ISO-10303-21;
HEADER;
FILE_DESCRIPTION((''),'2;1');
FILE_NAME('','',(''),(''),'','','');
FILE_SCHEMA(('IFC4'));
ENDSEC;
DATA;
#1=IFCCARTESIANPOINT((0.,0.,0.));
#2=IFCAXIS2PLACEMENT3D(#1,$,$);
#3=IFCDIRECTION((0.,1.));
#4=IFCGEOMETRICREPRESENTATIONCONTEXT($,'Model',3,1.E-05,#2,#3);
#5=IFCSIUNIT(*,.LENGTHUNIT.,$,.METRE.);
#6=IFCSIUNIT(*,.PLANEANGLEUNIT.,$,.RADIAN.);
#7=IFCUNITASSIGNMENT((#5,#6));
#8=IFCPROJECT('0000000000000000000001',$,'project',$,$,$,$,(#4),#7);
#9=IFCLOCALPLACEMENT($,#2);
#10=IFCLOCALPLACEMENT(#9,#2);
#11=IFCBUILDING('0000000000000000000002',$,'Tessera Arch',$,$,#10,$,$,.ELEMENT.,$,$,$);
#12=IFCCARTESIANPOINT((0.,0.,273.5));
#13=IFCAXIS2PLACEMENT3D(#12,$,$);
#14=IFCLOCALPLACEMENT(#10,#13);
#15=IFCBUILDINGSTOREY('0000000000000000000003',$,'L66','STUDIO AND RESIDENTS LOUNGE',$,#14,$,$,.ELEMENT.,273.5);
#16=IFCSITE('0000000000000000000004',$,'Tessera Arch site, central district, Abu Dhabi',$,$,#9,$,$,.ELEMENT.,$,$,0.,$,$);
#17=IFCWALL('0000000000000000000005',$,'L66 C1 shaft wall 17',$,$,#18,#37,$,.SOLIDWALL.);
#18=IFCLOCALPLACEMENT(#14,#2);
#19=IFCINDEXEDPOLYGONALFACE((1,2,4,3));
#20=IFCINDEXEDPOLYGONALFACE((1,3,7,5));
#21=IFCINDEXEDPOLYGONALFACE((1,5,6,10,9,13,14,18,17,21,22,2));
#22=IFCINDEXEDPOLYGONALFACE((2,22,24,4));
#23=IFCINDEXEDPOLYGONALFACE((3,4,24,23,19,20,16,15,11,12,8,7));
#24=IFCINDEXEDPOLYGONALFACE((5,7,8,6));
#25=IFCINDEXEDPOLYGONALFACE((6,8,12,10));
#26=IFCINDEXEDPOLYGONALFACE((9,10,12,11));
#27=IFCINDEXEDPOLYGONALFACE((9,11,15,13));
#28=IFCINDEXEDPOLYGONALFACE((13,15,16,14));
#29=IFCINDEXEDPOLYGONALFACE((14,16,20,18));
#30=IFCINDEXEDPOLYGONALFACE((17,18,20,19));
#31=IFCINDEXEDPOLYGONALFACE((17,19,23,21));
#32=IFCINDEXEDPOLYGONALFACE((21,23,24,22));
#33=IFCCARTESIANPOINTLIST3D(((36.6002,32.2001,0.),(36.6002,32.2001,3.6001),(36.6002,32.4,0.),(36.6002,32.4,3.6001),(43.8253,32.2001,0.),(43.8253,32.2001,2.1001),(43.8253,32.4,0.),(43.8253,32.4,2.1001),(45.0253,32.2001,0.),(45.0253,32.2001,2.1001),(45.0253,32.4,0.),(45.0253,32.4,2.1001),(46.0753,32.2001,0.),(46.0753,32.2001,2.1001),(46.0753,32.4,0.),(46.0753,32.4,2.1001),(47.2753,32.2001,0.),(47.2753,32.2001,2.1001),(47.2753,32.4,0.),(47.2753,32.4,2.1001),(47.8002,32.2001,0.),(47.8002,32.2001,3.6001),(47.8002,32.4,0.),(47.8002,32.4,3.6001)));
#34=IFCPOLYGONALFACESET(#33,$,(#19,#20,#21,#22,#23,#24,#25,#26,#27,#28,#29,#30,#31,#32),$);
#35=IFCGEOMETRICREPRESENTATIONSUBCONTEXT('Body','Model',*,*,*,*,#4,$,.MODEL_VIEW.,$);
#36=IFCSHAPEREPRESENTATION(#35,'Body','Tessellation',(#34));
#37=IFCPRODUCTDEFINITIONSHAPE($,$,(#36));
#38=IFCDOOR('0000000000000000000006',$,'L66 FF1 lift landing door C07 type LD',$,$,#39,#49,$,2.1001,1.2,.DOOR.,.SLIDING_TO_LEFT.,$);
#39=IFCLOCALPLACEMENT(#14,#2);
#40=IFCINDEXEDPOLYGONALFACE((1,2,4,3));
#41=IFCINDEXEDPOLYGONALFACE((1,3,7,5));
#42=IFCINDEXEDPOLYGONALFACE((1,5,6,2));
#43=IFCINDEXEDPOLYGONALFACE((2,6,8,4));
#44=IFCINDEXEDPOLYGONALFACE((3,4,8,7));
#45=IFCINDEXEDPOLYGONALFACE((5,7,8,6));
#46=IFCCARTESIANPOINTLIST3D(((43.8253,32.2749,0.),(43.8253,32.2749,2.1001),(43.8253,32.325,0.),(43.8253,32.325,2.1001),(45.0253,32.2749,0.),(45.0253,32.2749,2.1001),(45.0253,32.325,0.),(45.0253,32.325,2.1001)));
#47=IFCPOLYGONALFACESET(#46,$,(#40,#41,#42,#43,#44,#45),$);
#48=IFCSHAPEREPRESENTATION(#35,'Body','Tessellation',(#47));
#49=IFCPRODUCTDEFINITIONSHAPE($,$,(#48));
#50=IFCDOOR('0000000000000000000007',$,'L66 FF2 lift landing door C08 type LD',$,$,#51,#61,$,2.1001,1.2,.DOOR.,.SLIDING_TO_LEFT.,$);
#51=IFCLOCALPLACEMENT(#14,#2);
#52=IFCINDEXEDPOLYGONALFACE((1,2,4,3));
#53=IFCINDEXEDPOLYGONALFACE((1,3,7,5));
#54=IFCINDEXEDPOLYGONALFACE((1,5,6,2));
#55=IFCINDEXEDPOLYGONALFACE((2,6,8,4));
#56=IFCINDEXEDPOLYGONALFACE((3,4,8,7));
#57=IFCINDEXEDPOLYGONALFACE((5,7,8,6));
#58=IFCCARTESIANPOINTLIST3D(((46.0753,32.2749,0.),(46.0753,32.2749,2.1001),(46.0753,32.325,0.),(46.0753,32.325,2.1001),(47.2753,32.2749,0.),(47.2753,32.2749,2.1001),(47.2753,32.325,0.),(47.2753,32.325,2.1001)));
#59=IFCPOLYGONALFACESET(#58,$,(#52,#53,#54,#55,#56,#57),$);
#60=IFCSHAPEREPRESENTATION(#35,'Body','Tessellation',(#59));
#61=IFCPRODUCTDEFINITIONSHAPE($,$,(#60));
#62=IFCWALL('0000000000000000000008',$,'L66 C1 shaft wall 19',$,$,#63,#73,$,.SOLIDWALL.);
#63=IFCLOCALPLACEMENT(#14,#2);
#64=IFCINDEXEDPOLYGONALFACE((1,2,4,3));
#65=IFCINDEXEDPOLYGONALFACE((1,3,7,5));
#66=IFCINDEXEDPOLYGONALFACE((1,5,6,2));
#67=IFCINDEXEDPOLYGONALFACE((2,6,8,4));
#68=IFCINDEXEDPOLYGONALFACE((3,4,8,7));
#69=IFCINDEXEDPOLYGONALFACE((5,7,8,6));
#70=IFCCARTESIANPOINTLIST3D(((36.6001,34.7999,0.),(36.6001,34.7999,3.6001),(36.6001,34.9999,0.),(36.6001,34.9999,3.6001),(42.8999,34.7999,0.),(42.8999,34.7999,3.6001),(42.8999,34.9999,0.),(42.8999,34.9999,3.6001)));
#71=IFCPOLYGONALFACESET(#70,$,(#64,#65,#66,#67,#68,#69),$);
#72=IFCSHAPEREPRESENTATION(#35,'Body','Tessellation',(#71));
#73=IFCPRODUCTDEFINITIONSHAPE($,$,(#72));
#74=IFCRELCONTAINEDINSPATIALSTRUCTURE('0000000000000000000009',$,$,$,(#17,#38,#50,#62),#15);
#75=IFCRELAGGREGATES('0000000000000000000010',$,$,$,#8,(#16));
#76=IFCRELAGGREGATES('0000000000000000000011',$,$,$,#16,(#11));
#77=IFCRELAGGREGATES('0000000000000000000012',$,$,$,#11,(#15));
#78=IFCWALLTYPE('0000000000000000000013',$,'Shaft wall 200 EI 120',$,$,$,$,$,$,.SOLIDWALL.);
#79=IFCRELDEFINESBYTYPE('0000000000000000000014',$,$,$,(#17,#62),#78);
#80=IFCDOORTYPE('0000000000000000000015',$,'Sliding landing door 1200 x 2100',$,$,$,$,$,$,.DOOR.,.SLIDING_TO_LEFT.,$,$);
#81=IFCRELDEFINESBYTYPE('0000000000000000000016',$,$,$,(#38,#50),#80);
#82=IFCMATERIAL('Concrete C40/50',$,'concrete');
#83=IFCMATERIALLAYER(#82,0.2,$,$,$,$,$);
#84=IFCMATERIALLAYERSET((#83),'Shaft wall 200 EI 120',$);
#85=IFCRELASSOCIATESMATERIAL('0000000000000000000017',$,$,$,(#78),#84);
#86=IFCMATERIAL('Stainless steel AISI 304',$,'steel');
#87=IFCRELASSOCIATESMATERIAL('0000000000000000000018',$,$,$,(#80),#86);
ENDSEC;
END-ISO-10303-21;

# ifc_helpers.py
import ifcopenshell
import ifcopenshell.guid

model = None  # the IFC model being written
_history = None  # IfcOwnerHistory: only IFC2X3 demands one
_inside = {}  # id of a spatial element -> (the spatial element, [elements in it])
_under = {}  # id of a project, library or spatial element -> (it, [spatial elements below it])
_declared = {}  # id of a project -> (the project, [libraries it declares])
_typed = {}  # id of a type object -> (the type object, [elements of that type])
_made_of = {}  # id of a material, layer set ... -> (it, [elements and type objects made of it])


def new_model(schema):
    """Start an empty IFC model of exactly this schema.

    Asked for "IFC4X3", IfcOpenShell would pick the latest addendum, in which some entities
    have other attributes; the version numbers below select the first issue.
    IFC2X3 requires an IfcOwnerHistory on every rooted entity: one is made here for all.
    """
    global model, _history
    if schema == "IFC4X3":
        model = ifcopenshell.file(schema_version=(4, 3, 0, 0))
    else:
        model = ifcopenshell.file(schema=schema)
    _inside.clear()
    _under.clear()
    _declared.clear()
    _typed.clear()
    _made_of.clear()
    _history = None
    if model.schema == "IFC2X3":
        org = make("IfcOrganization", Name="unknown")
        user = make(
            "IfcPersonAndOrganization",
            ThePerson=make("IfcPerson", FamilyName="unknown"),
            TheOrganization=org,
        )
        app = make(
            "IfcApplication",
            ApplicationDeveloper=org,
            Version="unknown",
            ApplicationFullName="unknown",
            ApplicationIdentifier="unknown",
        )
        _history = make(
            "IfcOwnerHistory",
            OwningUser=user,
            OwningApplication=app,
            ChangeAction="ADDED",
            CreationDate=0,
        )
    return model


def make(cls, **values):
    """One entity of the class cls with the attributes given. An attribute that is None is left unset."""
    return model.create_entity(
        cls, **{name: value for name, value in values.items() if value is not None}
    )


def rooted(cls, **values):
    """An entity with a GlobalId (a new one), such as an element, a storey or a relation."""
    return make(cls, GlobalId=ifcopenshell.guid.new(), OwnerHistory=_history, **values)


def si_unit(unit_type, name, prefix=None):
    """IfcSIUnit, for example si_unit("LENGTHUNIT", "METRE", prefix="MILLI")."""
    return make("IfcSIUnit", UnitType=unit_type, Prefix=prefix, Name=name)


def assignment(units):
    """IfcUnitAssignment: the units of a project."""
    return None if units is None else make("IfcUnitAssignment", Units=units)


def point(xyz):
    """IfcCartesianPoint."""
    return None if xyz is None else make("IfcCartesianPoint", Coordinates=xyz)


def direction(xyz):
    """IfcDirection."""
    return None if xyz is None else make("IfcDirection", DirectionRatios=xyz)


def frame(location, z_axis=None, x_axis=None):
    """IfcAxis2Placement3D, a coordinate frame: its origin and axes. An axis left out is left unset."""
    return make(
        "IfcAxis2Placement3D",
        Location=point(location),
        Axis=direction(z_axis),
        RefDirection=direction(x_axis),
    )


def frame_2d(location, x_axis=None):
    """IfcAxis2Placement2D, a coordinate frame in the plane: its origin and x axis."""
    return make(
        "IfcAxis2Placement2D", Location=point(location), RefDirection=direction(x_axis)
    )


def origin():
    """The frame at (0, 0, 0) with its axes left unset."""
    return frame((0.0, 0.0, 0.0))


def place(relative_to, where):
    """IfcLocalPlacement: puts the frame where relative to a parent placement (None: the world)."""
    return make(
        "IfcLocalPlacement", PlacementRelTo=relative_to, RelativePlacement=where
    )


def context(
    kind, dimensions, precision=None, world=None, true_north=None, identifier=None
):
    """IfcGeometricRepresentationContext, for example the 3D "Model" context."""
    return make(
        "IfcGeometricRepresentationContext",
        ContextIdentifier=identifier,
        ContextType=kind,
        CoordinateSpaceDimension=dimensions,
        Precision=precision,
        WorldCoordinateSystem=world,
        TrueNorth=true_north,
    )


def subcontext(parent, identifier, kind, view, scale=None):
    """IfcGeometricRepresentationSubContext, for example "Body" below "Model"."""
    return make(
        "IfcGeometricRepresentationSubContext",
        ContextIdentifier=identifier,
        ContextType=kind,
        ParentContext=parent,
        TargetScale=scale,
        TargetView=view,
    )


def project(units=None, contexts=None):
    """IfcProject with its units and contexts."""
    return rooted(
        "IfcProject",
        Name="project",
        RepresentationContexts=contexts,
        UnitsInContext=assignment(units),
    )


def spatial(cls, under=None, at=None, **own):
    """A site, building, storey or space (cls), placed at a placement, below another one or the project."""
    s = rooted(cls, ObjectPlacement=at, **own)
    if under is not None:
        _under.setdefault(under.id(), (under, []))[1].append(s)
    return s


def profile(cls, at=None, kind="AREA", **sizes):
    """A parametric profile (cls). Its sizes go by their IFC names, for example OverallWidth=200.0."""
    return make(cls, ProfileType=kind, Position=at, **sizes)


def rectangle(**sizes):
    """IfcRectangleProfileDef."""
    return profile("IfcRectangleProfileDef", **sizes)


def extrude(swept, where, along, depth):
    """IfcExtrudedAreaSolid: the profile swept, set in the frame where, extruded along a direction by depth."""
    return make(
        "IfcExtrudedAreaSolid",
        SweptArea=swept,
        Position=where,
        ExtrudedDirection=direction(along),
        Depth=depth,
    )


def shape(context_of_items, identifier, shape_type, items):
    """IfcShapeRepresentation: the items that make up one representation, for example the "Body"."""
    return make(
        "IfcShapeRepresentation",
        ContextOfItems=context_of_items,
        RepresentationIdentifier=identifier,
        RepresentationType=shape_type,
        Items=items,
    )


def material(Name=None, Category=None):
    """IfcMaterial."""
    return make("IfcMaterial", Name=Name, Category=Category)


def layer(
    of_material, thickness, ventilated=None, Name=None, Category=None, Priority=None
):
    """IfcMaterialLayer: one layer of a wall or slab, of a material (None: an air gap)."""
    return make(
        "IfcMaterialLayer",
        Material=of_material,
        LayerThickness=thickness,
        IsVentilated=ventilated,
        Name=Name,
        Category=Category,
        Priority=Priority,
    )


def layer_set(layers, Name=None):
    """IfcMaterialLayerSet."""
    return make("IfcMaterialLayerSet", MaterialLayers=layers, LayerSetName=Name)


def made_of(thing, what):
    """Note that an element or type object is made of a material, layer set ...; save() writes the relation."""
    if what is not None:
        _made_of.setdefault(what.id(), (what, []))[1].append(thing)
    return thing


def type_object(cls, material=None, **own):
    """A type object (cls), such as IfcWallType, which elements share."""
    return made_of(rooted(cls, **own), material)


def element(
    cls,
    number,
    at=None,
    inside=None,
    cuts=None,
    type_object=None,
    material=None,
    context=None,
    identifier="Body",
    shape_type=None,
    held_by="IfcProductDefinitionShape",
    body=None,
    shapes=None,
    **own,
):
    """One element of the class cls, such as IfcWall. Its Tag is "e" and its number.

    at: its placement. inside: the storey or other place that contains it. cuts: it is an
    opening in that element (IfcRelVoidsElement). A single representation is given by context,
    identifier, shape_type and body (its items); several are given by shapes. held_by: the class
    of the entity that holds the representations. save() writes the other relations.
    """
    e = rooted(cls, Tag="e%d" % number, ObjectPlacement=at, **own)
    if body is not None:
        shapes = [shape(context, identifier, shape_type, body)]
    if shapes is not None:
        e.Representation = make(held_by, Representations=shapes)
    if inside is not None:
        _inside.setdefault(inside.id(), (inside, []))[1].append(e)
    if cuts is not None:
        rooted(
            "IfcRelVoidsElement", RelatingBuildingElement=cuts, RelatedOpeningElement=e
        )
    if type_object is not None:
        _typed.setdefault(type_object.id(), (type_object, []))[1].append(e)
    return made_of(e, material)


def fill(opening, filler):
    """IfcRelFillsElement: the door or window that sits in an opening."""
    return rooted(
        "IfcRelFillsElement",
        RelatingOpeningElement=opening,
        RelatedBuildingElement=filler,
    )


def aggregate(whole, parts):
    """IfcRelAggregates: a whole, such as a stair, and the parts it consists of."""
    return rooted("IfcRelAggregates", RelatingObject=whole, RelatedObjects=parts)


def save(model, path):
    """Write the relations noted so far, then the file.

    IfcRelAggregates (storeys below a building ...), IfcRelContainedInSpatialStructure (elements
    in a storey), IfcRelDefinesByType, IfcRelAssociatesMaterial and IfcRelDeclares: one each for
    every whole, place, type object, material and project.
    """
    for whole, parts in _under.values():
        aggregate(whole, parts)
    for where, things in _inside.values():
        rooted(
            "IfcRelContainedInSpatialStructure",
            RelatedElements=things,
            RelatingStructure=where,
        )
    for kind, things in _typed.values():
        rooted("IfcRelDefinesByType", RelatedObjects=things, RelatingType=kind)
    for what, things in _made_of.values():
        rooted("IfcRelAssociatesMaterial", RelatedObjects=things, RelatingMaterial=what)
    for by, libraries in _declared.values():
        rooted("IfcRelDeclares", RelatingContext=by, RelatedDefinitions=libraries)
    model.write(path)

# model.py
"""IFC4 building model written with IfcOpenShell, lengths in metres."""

from ifc_helpers import new_model, si_unit, direction, frame, frame_2d, origin, place, context, subcontext, project, spatial, rectangle, extrude, material, layer, layer_set, type_object, element, fill, save


model = new_model("IFC4")

# Units and contexts
model_context = context("Model", 3, precision=1e-05, world=origin(), true_north=direction((0.0, 1.0)))
body_context = subcontext(model_context, "Body", "Model", "MODEL_VIEW")
ifc_project = project(units=[si_unit("LENGTHUNIT", "METRE"), si_unit("PLANEANGLEUNIT", "RADIAN")], contexts=[model_context])

# Site, building, storey
site_placement = place(None, origin())
site = spatial("IfcSite", under=ifc_project, at=site_placement, Name="Tessera Arch site, central district, Abu Dhabi", CompositionType="ELEMENT", RefElevation=0.0)
building_placement = place(site_placement, origin())
building = spatial("IfcBuilding", under=site, at=building_placement, Name="Tessera Arch", CompositionType="ELEMENT")
storey_placement = place(building_placement, frame((0.0, 0.0, 273.5)))
storey = spatial("IfcBuildingStorey", under=building, at=storey_placement, Name="L66", Description="STUDIO AND RESIDENTS LOUNGE", CompositionType="ELEMENT", Elevation=273.5)

# Shared definitions
ifc_material_1 = material(Name="Concrete C40/50", Category="concrete")
ifc_layer_1 = layer(ifc_material_1, 0.2)
ifc_layer_set_1 = layer_set([ifc_layer_1], Name="Shaft wall 200 EI 120")
wall_type_1 = type_object("IfcWallType", Name="Shaft wall 200 EI 120", PredefinedType="SOLIDWALL", material=ifc_layer_set_1)

# Wall, openings, doors
wall_1_placement = place(storey_placement, frame((36.6001, 32.3, 0.0), z_axis=(0.0, 0.0, 1.0), x_axis=(1.0, 0.0, 0.0)))
wall_1 = element("IfcWall", 1, at=wall_1_placement, inside=storey, type_object=wall_type_1, Name="L66 C1 shaft wall 17", PredefinedType="SOLIDWALL", context=body_context, shape_type="SweptSolid", body=[
    extrude(rectangle(XDim=11.2, YDim=0.2, at=frame_2d((5.6001, 0.0))), origin(), (0.0, 0.0, 1.0), 3.6001),
])
opening_1_placement = place(wall_1_placement, frame((7.2251, 0.0, 0.0)))
opening_1 = element("IfcOpeningElement", 2, at=opening_1_placement, cuts=wall_1, PredefinedType="OPENING", context=body_context, shape_type="SweptSolid", body=[
    extrude(rectangle(XDim=1.2, YDim=2.1001, at=frame_2d((0.6001, 1.05))), frame((0.0, 0.1099, 0.0), z_axis=(0.0, -1.0, 0.0), x_axis=(1.0, 0.0, 0.0)), (0.0, 0.0, 1.0), 0.22),
])
opening_2_placement = place(wall_1_placement, frame((9.4751, 0.0, 0.0)))
opening_2 = element("IfcOpeningElement", 3, at=opening_2_placement, cuts=wall_1, PredefinedType="OPENING", context=body_context, shape_type="SweptSolid", body=[
    extrude(rectangle(XDim=1.2, YDim=2.1001, at=frame_2d((0.6001, 1.05))), frame((0.0, 0.1099, 0.0), z_axis=(0.0, -1.0, 0.0), x_axis=(1.0, 0.0, 0.0)), (0.0, 0.0, 1.0), 0.22),
])
ifc_material_2 = material(Name="Stainless steel AISI 304", Category="steel")
door_type_1 = type_object("IfcDoorType", Name="Sliding landing door 1200 x 2100", OperationType="SLIDING_TO_LEFT", PredefinedType="DOOR", material=ifc_material_2)
door_1_placement = place(opening_1_placement, origin())
door_1 = element("IfcDoor", 4, at=door_1_placement, inside=storey, type_object=door_type_1, Name="L66 FF1 lift landing door C07 type LD", OperationType="SLIDING_TO_LEFT", OverallHeight=2.1001, OverallWidth=1.2, PredefinedType="DOOR", context=body_context, shape_type="SweptSolid", body=[
    extrude(rectangle(XDim=1.2, YDim=2.1001, at=frame_2d((0.6001, 1.05))), frame((0.0, 0.0249, 0.0), z_axis=(0.0, -1.0, 0.0), x_axis=(1.0, 0.0, 0.0)), (0.0, 0.0, 1.0), 0.05),
])
fill(opening_1, door_1)
door_2_placement = place(opening_2_placement, origin())
door_2 = element("IfcDoor", 5, at=door_2_placement, inside=storey, type_object=door_type_1, Name="L66 FF2 lift landing door C08 type LD", OperationType="SLIDING_TO_LEFT", OverallHeight=2.1001, OverallWidth=1.2, PredefinedType="DOOR", context=body_context, shape_type="SweptSolid", body=[
    extrude(rectangle(XDim=1.2, YDim=2.1001, at=frame_2d((0.6001, 1.05))), frame((0.0, 0.0249, 0.0), z_axis=(0.0, -1.0, 0.0), x_axis=(1.0, 0.0, 0.0)), (0.0, 0.0, 1.0), 0.05),
])
fill(opening_2, door_2)

# Wall
wall_2_placement = place(storey_placement, frame((36.6001, 34.8999, 0.0), z_axis=(0.0, 0.0, 1.0), x_axis=(1.0, 0.0, 0.0)))
element("IfcWall", 6, at=wall_2_placement, inside=storey, type_object=wall_type_1, Name="L66 C1 shaft wall 19", PredefinedType="SOLIDWALL", context=body_context, shape_type="SweptSolid", body=[
    extrude(rectangle(XDim=6.2998, YDim=0.2, at=frame_2d((3.1499, 0.0))), origin(), (0.0, 0.0, 1.0), 3.6001),
])

save(model, "model.ifc")
